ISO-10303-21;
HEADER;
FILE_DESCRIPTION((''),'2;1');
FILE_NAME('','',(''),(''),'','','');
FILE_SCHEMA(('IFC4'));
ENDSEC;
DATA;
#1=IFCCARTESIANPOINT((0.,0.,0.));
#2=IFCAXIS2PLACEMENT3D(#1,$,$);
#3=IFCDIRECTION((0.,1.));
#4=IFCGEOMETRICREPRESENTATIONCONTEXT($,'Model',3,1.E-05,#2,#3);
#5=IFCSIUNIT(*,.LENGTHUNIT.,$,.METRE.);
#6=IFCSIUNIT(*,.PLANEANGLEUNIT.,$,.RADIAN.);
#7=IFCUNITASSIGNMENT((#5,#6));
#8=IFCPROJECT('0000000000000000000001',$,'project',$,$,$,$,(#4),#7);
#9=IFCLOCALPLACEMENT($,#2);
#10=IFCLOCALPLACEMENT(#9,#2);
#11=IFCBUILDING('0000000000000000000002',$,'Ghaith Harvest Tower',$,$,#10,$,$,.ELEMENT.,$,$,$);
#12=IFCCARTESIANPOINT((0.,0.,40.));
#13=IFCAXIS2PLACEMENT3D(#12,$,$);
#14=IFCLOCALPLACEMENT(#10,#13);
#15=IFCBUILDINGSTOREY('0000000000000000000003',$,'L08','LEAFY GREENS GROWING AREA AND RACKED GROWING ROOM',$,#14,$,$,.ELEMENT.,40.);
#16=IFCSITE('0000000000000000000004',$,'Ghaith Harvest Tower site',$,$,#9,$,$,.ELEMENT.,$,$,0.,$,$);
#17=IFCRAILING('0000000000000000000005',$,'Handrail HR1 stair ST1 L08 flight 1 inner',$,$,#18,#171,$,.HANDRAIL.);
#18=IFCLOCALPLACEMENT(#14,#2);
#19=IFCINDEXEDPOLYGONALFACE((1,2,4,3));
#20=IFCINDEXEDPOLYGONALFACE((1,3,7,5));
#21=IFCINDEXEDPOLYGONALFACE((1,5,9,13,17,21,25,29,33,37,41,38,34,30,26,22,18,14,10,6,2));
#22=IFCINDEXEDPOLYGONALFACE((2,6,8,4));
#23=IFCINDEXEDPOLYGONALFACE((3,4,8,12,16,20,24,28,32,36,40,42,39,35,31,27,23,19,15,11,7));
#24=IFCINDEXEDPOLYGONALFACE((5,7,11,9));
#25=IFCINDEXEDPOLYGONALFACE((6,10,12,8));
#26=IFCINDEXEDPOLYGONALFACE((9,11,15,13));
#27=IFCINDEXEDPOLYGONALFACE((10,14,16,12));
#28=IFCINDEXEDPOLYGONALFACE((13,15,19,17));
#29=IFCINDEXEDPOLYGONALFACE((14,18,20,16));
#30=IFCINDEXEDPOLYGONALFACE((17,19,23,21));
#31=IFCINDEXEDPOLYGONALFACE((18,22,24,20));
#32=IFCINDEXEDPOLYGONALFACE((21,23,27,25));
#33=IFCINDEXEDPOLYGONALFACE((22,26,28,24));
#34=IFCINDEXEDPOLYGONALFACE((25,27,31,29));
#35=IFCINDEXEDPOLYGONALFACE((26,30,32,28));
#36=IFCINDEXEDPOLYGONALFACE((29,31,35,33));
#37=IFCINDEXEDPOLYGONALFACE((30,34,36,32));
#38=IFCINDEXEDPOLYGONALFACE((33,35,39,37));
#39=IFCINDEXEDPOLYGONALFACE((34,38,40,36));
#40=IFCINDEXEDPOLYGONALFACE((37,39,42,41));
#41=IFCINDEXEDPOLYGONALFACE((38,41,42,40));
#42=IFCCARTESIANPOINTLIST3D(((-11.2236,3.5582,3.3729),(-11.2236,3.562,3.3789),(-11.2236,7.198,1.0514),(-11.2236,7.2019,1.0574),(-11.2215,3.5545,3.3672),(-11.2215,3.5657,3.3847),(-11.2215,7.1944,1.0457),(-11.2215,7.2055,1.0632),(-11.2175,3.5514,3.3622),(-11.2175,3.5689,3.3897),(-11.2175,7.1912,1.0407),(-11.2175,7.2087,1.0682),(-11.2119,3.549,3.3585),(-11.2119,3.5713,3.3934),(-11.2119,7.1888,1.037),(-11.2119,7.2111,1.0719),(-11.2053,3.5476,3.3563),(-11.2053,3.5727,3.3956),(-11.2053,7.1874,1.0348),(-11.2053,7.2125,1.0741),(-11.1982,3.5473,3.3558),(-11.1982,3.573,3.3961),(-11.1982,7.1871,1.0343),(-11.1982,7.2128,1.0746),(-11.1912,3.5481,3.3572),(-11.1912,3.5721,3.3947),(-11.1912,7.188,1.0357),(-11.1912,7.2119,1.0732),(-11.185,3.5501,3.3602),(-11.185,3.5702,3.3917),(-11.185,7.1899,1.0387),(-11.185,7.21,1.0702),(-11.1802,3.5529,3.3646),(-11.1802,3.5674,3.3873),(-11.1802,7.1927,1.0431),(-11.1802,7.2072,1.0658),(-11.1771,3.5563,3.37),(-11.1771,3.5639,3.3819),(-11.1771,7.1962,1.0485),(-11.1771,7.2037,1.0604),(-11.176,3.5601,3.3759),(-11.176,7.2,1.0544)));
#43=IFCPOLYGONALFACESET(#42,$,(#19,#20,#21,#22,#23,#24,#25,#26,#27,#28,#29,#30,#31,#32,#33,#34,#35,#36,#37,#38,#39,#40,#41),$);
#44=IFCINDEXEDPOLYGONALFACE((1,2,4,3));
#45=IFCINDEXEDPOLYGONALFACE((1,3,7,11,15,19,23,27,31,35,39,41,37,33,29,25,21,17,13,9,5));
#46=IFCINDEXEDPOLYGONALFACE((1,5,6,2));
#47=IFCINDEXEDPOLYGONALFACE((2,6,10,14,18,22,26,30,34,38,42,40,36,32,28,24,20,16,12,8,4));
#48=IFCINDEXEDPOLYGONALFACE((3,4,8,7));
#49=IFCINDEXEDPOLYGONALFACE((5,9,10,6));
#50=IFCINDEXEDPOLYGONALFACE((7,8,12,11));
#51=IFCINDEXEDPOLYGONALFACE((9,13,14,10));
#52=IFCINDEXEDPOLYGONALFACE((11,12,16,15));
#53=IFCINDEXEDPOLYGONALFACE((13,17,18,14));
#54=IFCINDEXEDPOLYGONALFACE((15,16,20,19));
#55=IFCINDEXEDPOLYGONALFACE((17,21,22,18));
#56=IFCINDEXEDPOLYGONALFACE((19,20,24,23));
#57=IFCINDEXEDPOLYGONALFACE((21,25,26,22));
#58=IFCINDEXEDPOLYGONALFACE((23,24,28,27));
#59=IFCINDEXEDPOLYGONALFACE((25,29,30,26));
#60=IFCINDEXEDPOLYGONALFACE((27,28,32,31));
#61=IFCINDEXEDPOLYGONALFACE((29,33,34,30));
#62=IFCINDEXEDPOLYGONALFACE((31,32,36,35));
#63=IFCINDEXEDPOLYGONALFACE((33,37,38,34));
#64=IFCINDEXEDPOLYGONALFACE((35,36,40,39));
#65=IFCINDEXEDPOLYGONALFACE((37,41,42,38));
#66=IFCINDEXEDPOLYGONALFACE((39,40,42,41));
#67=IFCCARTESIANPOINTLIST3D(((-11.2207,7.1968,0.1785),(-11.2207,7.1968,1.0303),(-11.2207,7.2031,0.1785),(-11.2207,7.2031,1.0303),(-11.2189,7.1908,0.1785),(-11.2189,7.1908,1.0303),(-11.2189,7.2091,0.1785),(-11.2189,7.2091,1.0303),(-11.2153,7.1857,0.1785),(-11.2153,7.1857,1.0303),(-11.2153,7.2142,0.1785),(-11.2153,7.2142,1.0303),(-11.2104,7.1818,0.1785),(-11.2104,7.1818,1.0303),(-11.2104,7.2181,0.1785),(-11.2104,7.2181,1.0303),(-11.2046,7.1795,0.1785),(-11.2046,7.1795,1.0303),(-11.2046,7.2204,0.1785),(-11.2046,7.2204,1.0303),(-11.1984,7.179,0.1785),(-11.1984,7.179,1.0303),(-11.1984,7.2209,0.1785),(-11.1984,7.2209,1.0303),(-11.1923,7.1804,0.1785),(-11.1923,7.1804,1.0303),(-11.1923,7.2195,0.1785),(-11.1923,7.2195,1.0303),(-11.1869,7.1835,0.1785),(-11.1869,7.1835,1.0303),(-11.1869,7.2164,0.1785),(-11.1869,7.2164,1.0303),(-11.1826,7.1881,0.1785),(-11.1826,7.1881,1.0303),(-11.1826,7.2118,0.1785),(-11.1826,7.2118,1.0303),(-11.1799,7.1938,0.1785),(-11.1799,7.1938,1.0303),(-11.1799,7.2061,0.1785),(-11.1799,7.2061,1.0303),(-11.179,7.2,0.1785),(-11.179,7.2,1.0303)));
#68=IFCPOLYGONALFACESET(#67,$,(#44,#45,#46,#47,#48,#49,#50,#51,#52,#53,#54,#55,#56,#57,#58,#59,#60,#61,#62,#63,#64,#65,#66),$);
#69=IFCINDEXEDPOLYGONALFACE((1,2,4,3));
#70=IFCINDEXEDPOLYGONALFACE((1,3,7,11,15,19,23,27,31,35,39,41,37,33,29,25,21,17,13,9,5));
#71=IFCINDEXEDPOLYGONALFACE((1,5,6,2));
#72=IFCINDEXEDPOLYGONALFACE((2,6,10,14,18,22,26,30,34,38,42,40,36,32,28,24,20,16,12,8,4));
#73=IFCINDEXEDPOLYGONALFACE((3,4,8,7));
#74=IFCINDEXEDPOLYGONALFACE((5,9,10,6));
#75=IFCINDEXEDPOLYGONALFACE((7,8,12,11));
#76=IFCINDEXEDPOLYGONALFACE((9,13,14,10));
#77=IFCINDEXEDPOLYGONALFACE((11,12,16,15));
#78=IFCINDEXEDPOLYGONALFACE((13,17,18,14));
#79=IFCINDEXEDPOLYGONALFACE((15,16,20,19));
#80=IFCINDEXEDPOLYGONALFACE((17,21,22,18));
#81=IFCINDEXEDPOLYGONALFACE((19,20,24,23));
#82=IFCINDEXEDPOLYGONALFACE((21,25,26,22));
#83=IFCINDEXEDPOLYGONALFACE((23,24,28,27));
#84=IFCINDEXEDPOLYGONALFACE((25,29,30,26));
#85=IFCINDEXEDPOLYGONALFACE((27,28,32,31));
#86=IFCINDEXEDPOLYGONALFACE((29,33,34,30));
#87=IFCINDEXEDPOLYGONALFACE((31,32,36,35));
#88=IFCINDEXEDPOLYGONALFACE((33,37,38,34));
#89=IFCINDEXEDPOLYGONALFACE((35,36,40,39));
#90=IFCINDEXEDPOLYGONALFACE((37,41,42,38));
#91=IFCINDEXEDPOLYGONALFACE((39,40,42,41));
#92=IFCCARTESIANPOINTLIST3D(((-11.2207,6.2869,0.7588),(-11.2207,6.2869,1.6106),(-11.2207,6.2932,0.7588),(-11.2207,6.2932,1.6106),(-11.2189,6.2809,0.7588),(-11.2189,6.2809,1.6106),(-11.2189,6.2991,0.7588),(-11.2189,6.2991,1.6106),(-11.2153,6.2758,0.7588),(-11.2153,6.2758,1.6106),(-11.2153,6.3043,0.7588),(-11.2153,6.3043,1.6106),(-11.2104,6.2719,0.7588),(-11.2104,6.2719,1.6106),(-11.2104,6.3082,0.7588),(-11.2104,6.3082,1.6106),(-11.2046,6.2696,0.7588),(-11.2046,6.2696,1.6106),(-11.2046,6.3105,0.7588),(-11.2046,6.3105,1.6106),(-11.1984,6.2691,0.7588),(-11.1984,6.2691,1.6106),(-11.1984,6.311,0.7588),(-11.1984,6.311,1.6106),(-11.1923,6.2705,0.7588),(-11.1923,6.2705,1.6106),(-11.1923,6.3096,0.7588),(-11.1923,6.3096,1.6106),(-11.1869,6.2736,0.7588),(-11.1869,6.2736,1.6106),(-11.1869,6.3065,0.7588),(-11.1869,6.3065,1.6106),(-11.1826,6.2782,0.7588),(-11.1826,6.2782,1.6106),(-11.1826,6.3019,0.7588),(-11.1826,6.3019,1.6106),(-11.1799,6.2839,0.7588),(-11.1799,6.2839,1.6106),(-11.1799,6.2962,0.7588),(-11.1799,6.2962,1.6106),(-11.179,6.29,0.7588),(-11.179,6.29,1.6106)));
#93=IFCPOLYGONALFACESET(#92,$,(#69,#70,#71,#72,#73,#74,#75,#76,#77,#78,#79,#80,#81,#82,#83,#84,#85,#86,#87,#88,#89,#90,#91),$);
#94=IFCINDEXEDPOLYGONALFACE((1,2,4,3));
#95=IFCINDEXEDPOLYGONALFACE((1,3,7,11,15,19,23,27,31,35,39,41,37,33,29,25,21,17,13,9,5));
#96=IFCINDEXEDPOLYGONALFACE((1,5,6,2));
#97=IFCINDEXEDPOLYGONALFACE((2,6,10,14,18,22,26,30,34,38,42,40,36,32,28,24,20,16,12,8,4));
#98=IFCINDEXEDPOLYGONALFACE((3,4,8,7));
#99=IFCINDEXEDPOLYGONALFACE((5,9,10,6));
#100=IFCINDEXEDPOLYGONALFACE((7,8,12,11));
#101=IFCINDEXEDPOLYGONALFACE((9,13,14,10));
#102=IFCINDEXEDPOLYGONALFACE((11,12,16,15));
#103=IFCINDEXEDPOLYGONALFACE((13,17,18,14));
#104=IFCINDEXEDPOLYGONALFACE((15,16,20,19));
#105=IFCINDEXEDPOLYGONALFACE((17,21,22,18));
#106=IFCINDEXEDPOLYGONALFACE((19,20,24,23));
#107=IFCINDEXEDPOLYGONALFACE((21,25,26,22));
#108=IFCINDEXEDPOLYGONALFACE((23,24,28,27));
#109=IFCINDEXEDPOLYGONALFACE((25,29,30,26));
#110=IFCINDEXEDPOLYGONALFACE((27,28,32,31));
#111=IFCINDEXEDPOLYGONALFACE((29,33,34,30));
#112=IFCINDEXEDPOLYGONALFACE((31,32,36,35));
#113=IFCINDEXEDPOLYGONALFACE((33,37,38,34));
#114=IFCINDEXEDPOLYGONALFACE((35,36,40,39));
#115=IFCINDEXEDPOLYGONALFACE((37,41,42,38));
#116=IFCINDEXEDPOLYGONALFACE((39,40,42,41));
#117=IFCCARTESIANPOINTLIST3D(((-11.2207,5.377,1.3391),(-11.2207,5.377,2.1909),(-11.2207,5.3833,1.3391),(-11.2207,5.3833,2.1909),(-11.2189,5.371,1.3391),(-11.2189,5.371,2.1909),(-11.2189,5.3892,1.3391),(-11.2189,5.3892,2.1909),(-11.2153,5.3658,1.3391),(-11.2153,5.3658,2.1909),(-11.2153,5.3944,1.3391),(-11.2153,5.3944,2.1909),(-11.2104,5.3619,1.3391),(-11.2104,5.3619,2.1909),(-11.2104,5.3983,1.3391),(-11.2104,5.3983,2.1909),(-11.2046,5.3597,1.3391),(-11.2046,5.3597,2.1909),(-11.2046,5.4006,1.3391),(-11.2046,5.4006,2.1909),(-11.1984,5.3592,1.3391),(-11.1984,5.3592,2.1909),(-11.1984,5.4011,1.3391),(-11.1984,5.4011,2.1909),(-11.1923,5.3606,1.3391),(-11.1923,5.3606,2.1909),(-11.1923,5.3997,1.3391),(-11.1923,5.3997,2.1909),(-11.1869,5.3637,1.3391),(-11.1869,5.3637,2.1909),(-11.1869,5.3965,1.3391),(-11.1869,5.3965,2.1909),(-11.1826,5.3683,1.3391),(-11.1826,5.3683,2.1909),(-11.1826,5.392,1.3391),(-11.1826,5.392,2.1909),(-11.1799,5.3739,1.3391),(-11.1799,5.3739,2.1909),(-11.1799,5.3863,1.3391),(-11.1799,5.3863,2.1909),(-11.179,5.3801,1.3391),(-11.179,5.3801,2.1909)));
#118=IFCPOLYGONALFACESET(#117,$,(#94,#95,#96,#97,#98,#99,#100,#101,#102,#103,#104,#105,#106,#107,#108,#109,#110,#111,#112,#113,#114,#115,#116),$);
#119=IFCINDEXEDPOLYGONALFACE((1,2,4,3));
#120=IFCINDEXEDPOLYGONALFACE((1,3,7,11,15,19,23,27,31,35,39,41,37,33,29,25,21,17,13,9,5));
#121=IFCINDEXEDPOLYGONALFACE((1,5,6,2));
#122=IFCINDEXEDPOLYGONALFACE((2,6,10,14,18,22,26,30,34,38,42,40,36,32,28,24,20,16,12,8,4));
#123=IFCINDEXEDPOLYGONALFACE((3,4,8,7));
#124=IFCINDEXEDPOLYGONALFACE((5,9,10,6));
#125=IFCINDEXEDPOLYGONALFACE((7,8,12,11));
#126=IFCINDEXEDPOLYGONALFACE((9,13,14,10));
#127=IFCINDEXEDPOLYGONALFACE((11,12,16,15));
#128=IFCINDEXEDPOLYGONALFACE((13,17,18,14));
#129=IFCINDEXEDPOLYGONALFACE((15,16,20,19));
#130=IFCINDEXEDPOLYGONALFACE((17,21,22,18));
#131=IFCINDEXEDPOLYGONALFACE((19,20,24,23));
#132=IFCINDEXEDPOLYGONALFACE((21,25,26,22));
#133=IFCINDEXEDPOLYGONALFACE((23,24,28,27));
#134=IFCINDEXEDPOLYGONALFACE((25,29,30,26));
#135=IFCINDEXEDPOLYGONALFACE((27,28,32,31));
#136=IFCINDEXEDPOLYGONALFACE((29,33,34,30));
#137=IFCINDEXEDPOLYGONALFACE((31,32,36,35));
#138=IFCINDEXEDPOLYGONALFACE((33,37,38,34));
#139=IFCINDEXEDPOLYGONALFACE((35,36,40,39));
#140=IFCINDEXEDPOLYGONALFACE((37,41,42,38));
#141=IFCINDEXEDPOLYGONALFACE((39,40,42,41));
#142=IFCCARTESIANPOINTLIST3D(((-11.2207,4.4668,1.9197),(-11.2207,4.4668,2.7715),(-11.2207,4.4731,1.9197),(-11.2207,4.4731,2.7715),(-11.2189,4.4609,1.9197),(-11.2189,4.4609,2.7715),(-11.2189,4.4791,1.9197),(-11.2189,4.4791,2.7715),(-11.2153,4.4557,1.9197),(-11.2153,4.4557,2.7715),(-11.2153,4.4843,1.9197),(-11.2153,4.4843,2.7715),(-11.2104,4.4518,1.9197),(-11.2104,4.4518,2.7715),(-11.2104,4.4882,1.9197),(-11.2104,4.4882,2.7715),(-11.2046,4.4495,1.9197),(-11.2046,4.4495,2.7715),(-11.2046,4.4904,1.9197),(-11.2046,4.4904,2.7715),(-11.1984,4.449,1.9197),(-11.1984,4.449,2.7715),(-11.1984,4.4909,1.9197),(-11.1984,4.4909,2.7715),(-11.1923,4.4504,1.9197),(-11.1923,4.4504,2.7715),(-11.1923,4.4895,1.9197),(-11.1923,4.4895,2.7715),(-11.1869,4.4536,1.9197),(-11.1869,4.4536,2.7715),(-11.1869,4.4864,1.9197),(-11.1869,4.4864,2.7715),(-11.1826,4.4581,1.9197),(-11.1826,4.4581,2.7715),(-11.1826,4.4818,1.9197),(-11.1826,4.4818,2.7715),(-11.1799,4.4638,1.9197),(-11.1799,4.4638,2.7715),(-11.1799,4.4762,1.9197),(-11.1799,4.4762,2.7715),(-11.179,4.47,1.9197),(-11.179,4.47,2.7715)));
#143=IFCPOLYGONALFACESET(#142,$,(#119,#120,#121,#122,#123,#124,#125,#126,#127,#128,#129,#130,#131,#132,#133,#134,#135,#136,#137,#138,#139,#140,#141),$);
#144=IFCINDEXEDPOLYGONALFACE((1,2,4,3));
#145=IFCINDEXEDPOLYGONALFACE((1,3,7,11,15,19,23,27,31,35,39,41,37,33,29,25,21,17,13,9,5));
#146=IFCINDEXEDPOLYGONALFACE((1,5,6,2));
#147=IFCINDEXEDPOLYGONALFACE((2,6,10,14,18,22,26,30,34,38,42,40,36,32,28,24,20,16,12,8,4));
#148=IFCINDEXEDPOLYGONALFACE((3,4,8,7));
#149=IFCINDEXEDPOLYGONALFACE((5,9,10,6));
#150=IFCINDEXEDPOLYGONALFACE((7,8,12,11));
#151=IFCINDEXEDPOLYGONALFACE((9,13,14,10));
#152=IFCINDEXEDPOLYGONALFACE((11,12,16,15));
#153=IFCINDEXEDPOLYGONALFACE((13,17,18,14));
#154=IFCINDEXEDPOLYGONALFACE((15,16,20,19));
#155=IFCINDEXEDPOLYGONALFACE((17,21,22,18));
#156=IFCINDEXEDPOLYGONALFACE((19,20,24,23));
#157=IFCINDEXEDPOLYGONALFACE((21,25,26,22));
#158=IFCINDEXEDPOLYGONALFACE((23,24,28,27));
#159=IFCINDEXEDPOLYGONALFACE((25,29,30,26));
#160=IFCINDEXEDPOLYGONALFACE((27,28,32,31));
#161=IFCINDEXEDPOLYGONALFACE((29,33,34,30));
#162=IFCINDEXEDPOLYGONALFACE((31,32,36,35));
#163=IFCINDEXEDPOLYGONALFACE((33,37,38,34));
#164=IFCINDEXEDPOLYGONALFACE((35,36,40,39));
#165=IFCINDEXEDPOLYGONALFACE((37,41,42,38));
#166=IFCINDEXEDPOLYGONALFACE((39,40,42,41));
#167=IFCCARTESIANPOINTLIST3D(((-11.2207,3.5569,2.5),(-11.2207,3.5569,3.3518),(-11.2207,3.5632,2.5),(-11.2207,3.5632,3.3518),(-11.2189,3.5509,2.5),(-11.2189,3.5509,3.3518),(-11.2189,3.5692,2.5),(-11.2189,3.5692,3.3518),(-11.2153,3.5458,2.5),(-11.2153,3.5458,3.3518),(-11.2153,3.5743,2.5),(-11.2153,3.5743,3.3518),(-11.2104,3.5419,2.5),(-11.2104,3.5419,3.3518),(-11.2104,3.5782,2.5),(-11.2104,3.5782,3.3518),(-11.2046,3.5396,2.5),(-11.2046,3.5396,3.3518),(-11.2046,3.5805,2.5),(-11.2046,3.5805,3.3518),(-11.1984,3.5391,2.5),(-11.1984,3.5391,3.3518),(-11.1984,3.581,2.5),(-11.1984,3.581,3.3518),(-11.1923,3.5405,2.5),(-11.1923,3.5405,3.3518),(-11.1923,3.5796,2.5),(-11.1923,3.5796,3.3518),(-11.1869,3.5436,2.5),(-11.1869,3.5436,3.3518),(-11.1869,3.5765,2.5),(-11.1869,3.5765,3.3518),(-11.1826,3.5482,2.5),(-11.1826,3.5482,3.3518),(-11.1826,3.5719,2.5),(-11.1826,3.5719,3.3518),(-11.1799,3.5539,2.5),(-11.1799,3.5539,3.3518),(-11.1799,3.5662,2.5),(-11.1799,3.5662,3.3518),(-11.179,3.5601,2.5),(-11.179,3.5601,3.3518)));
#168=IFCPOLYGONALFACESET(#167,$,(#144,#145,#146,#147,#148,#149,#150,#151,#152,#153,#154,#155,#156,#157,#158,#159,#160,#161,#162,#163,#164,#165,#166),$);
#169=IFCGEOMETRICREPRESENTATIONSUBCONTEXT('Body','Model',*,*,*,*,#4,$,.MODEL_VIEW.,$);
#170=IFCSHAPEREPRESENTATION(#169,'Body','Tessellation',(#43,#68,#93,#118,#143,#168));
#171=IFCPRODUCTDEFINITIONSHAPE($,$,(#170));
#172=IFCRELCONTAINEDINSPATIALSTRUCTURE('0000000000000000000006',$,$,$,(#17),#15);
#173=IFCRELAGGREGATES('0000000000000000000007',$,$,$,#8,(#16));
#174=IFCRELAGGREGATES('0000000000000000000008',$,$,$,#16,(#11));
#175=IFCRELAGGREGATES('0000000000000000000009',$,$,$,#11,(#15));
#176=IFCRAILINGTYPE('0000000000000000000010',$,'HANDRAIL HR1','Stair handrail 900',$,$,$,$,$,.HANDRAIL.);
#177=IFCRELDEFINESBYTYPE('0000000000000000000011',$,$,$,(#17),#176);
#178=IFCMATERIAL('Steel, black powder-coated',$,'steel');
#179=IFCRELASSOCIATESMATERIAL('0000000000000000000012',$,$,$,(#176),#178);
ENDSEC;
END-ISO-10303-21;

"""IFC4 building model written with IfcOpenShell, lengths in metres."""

from ifc_helpers import new_model, si_unit, direction, frame, origin, origin_2d, place, context, subcontext, project, spatial, circle, extrude, material, type_object, element, save


model = new_model("IFC4")

# Units and contexts
model_context = context("Model", 3, precision=1e-05, world=origin(), true_north=direction((0.0, 1.0)))
body_context = subcontext(model_context, "Body", "Model", "MODEL_VIEW")
ifc_project = project(units=[si_unit("LENGTHUNIT", "METRE"), si_unit("PLANEANGLEUNIT", "RADIAN")], contexts=[model_context])

# Site, building, storey
site_placement = place(None, origin())
site = spatial("IfcSite", under=ifc_project, at=site_placement, Name="Ghaith Harvest Tower site", CompositionType="ELEMENT", RefElevation=0.0)
building_placement = place(site_placement, origin())
building = spatial("IfcBuilding", under=site, at=building_placement, Name="Ghaith Harvest Tower", CompositionType="ELEMENT")
storey_placement = place(building_placement, frame((0.0, 0.0, 40.0)))
storey = spatial("IfcBuildingStorey", under=building, at=storey_placement, Name="L08", Description="LEAFY GREENS GROWING AREA AND RACKED GROWING ROOM", CompositionType="ELEMENT", Elevation=40.0)

# Railing
ifc_material_1 = material(Name="Steel, black powder-coated", Category="steel")
railing_type = type_object("IfcRailingType", Name="HANDRAIL HR1", Description="Stair handrail 900", PredefinedType="HANDRAIL", material=ifc_material_1)
railing_1_placement = place(storey_placement, frame((-11.2, 7.2, 0.1785)))
element("IfcRailing", 1, at=railing_1_placement, inside=storey, type_object=railing_type, Name="Handrail HR1 stair ST1 L08 flight 1 inner", PredefinedType="HANDRAIL", context=body_context, shape_type="SweptSolid", body=[
    extrude(circle(Radius=0.0239, at=origin_2d()), frame((0.0, 0.0, 0.876), z_axis=(0.0, -0.843112, 0.537739), x_axis=(1.0, 0.0, 0.0)), (0.0, 0.0, 1.0), 4.3171),
    extrude(circle(Radius=0.021, at=origin_2d()), origin(), (0.0, 0.0, 1.0), 0.8518),
    extrude(circle(Radius=0.021, at=origin_2d()), frame((0.0, -0.9099, 0.5803)), (0.0, 0.0, 1.0), 0.8518),
    extrude(circle(Radius=0.021, at=origin_2d()), frame((0.0, -1.8198, 1.1606)), (0.0, 0.0, 1.0), 0.8518),
    extrude(circle(Radius=0.021, at=origin_2d()), frame((0.0, -2.73, 1.7412)), (0.0, 0.0, 1.0), 0.8518),
    extrude(circle(Radius=0.021, at=origin_2d()), frame((0.0, -3.6399, 2.3215)), (0.0, 0.0, 1.0), 0.8518),
])

save(model, "model.ifc")
